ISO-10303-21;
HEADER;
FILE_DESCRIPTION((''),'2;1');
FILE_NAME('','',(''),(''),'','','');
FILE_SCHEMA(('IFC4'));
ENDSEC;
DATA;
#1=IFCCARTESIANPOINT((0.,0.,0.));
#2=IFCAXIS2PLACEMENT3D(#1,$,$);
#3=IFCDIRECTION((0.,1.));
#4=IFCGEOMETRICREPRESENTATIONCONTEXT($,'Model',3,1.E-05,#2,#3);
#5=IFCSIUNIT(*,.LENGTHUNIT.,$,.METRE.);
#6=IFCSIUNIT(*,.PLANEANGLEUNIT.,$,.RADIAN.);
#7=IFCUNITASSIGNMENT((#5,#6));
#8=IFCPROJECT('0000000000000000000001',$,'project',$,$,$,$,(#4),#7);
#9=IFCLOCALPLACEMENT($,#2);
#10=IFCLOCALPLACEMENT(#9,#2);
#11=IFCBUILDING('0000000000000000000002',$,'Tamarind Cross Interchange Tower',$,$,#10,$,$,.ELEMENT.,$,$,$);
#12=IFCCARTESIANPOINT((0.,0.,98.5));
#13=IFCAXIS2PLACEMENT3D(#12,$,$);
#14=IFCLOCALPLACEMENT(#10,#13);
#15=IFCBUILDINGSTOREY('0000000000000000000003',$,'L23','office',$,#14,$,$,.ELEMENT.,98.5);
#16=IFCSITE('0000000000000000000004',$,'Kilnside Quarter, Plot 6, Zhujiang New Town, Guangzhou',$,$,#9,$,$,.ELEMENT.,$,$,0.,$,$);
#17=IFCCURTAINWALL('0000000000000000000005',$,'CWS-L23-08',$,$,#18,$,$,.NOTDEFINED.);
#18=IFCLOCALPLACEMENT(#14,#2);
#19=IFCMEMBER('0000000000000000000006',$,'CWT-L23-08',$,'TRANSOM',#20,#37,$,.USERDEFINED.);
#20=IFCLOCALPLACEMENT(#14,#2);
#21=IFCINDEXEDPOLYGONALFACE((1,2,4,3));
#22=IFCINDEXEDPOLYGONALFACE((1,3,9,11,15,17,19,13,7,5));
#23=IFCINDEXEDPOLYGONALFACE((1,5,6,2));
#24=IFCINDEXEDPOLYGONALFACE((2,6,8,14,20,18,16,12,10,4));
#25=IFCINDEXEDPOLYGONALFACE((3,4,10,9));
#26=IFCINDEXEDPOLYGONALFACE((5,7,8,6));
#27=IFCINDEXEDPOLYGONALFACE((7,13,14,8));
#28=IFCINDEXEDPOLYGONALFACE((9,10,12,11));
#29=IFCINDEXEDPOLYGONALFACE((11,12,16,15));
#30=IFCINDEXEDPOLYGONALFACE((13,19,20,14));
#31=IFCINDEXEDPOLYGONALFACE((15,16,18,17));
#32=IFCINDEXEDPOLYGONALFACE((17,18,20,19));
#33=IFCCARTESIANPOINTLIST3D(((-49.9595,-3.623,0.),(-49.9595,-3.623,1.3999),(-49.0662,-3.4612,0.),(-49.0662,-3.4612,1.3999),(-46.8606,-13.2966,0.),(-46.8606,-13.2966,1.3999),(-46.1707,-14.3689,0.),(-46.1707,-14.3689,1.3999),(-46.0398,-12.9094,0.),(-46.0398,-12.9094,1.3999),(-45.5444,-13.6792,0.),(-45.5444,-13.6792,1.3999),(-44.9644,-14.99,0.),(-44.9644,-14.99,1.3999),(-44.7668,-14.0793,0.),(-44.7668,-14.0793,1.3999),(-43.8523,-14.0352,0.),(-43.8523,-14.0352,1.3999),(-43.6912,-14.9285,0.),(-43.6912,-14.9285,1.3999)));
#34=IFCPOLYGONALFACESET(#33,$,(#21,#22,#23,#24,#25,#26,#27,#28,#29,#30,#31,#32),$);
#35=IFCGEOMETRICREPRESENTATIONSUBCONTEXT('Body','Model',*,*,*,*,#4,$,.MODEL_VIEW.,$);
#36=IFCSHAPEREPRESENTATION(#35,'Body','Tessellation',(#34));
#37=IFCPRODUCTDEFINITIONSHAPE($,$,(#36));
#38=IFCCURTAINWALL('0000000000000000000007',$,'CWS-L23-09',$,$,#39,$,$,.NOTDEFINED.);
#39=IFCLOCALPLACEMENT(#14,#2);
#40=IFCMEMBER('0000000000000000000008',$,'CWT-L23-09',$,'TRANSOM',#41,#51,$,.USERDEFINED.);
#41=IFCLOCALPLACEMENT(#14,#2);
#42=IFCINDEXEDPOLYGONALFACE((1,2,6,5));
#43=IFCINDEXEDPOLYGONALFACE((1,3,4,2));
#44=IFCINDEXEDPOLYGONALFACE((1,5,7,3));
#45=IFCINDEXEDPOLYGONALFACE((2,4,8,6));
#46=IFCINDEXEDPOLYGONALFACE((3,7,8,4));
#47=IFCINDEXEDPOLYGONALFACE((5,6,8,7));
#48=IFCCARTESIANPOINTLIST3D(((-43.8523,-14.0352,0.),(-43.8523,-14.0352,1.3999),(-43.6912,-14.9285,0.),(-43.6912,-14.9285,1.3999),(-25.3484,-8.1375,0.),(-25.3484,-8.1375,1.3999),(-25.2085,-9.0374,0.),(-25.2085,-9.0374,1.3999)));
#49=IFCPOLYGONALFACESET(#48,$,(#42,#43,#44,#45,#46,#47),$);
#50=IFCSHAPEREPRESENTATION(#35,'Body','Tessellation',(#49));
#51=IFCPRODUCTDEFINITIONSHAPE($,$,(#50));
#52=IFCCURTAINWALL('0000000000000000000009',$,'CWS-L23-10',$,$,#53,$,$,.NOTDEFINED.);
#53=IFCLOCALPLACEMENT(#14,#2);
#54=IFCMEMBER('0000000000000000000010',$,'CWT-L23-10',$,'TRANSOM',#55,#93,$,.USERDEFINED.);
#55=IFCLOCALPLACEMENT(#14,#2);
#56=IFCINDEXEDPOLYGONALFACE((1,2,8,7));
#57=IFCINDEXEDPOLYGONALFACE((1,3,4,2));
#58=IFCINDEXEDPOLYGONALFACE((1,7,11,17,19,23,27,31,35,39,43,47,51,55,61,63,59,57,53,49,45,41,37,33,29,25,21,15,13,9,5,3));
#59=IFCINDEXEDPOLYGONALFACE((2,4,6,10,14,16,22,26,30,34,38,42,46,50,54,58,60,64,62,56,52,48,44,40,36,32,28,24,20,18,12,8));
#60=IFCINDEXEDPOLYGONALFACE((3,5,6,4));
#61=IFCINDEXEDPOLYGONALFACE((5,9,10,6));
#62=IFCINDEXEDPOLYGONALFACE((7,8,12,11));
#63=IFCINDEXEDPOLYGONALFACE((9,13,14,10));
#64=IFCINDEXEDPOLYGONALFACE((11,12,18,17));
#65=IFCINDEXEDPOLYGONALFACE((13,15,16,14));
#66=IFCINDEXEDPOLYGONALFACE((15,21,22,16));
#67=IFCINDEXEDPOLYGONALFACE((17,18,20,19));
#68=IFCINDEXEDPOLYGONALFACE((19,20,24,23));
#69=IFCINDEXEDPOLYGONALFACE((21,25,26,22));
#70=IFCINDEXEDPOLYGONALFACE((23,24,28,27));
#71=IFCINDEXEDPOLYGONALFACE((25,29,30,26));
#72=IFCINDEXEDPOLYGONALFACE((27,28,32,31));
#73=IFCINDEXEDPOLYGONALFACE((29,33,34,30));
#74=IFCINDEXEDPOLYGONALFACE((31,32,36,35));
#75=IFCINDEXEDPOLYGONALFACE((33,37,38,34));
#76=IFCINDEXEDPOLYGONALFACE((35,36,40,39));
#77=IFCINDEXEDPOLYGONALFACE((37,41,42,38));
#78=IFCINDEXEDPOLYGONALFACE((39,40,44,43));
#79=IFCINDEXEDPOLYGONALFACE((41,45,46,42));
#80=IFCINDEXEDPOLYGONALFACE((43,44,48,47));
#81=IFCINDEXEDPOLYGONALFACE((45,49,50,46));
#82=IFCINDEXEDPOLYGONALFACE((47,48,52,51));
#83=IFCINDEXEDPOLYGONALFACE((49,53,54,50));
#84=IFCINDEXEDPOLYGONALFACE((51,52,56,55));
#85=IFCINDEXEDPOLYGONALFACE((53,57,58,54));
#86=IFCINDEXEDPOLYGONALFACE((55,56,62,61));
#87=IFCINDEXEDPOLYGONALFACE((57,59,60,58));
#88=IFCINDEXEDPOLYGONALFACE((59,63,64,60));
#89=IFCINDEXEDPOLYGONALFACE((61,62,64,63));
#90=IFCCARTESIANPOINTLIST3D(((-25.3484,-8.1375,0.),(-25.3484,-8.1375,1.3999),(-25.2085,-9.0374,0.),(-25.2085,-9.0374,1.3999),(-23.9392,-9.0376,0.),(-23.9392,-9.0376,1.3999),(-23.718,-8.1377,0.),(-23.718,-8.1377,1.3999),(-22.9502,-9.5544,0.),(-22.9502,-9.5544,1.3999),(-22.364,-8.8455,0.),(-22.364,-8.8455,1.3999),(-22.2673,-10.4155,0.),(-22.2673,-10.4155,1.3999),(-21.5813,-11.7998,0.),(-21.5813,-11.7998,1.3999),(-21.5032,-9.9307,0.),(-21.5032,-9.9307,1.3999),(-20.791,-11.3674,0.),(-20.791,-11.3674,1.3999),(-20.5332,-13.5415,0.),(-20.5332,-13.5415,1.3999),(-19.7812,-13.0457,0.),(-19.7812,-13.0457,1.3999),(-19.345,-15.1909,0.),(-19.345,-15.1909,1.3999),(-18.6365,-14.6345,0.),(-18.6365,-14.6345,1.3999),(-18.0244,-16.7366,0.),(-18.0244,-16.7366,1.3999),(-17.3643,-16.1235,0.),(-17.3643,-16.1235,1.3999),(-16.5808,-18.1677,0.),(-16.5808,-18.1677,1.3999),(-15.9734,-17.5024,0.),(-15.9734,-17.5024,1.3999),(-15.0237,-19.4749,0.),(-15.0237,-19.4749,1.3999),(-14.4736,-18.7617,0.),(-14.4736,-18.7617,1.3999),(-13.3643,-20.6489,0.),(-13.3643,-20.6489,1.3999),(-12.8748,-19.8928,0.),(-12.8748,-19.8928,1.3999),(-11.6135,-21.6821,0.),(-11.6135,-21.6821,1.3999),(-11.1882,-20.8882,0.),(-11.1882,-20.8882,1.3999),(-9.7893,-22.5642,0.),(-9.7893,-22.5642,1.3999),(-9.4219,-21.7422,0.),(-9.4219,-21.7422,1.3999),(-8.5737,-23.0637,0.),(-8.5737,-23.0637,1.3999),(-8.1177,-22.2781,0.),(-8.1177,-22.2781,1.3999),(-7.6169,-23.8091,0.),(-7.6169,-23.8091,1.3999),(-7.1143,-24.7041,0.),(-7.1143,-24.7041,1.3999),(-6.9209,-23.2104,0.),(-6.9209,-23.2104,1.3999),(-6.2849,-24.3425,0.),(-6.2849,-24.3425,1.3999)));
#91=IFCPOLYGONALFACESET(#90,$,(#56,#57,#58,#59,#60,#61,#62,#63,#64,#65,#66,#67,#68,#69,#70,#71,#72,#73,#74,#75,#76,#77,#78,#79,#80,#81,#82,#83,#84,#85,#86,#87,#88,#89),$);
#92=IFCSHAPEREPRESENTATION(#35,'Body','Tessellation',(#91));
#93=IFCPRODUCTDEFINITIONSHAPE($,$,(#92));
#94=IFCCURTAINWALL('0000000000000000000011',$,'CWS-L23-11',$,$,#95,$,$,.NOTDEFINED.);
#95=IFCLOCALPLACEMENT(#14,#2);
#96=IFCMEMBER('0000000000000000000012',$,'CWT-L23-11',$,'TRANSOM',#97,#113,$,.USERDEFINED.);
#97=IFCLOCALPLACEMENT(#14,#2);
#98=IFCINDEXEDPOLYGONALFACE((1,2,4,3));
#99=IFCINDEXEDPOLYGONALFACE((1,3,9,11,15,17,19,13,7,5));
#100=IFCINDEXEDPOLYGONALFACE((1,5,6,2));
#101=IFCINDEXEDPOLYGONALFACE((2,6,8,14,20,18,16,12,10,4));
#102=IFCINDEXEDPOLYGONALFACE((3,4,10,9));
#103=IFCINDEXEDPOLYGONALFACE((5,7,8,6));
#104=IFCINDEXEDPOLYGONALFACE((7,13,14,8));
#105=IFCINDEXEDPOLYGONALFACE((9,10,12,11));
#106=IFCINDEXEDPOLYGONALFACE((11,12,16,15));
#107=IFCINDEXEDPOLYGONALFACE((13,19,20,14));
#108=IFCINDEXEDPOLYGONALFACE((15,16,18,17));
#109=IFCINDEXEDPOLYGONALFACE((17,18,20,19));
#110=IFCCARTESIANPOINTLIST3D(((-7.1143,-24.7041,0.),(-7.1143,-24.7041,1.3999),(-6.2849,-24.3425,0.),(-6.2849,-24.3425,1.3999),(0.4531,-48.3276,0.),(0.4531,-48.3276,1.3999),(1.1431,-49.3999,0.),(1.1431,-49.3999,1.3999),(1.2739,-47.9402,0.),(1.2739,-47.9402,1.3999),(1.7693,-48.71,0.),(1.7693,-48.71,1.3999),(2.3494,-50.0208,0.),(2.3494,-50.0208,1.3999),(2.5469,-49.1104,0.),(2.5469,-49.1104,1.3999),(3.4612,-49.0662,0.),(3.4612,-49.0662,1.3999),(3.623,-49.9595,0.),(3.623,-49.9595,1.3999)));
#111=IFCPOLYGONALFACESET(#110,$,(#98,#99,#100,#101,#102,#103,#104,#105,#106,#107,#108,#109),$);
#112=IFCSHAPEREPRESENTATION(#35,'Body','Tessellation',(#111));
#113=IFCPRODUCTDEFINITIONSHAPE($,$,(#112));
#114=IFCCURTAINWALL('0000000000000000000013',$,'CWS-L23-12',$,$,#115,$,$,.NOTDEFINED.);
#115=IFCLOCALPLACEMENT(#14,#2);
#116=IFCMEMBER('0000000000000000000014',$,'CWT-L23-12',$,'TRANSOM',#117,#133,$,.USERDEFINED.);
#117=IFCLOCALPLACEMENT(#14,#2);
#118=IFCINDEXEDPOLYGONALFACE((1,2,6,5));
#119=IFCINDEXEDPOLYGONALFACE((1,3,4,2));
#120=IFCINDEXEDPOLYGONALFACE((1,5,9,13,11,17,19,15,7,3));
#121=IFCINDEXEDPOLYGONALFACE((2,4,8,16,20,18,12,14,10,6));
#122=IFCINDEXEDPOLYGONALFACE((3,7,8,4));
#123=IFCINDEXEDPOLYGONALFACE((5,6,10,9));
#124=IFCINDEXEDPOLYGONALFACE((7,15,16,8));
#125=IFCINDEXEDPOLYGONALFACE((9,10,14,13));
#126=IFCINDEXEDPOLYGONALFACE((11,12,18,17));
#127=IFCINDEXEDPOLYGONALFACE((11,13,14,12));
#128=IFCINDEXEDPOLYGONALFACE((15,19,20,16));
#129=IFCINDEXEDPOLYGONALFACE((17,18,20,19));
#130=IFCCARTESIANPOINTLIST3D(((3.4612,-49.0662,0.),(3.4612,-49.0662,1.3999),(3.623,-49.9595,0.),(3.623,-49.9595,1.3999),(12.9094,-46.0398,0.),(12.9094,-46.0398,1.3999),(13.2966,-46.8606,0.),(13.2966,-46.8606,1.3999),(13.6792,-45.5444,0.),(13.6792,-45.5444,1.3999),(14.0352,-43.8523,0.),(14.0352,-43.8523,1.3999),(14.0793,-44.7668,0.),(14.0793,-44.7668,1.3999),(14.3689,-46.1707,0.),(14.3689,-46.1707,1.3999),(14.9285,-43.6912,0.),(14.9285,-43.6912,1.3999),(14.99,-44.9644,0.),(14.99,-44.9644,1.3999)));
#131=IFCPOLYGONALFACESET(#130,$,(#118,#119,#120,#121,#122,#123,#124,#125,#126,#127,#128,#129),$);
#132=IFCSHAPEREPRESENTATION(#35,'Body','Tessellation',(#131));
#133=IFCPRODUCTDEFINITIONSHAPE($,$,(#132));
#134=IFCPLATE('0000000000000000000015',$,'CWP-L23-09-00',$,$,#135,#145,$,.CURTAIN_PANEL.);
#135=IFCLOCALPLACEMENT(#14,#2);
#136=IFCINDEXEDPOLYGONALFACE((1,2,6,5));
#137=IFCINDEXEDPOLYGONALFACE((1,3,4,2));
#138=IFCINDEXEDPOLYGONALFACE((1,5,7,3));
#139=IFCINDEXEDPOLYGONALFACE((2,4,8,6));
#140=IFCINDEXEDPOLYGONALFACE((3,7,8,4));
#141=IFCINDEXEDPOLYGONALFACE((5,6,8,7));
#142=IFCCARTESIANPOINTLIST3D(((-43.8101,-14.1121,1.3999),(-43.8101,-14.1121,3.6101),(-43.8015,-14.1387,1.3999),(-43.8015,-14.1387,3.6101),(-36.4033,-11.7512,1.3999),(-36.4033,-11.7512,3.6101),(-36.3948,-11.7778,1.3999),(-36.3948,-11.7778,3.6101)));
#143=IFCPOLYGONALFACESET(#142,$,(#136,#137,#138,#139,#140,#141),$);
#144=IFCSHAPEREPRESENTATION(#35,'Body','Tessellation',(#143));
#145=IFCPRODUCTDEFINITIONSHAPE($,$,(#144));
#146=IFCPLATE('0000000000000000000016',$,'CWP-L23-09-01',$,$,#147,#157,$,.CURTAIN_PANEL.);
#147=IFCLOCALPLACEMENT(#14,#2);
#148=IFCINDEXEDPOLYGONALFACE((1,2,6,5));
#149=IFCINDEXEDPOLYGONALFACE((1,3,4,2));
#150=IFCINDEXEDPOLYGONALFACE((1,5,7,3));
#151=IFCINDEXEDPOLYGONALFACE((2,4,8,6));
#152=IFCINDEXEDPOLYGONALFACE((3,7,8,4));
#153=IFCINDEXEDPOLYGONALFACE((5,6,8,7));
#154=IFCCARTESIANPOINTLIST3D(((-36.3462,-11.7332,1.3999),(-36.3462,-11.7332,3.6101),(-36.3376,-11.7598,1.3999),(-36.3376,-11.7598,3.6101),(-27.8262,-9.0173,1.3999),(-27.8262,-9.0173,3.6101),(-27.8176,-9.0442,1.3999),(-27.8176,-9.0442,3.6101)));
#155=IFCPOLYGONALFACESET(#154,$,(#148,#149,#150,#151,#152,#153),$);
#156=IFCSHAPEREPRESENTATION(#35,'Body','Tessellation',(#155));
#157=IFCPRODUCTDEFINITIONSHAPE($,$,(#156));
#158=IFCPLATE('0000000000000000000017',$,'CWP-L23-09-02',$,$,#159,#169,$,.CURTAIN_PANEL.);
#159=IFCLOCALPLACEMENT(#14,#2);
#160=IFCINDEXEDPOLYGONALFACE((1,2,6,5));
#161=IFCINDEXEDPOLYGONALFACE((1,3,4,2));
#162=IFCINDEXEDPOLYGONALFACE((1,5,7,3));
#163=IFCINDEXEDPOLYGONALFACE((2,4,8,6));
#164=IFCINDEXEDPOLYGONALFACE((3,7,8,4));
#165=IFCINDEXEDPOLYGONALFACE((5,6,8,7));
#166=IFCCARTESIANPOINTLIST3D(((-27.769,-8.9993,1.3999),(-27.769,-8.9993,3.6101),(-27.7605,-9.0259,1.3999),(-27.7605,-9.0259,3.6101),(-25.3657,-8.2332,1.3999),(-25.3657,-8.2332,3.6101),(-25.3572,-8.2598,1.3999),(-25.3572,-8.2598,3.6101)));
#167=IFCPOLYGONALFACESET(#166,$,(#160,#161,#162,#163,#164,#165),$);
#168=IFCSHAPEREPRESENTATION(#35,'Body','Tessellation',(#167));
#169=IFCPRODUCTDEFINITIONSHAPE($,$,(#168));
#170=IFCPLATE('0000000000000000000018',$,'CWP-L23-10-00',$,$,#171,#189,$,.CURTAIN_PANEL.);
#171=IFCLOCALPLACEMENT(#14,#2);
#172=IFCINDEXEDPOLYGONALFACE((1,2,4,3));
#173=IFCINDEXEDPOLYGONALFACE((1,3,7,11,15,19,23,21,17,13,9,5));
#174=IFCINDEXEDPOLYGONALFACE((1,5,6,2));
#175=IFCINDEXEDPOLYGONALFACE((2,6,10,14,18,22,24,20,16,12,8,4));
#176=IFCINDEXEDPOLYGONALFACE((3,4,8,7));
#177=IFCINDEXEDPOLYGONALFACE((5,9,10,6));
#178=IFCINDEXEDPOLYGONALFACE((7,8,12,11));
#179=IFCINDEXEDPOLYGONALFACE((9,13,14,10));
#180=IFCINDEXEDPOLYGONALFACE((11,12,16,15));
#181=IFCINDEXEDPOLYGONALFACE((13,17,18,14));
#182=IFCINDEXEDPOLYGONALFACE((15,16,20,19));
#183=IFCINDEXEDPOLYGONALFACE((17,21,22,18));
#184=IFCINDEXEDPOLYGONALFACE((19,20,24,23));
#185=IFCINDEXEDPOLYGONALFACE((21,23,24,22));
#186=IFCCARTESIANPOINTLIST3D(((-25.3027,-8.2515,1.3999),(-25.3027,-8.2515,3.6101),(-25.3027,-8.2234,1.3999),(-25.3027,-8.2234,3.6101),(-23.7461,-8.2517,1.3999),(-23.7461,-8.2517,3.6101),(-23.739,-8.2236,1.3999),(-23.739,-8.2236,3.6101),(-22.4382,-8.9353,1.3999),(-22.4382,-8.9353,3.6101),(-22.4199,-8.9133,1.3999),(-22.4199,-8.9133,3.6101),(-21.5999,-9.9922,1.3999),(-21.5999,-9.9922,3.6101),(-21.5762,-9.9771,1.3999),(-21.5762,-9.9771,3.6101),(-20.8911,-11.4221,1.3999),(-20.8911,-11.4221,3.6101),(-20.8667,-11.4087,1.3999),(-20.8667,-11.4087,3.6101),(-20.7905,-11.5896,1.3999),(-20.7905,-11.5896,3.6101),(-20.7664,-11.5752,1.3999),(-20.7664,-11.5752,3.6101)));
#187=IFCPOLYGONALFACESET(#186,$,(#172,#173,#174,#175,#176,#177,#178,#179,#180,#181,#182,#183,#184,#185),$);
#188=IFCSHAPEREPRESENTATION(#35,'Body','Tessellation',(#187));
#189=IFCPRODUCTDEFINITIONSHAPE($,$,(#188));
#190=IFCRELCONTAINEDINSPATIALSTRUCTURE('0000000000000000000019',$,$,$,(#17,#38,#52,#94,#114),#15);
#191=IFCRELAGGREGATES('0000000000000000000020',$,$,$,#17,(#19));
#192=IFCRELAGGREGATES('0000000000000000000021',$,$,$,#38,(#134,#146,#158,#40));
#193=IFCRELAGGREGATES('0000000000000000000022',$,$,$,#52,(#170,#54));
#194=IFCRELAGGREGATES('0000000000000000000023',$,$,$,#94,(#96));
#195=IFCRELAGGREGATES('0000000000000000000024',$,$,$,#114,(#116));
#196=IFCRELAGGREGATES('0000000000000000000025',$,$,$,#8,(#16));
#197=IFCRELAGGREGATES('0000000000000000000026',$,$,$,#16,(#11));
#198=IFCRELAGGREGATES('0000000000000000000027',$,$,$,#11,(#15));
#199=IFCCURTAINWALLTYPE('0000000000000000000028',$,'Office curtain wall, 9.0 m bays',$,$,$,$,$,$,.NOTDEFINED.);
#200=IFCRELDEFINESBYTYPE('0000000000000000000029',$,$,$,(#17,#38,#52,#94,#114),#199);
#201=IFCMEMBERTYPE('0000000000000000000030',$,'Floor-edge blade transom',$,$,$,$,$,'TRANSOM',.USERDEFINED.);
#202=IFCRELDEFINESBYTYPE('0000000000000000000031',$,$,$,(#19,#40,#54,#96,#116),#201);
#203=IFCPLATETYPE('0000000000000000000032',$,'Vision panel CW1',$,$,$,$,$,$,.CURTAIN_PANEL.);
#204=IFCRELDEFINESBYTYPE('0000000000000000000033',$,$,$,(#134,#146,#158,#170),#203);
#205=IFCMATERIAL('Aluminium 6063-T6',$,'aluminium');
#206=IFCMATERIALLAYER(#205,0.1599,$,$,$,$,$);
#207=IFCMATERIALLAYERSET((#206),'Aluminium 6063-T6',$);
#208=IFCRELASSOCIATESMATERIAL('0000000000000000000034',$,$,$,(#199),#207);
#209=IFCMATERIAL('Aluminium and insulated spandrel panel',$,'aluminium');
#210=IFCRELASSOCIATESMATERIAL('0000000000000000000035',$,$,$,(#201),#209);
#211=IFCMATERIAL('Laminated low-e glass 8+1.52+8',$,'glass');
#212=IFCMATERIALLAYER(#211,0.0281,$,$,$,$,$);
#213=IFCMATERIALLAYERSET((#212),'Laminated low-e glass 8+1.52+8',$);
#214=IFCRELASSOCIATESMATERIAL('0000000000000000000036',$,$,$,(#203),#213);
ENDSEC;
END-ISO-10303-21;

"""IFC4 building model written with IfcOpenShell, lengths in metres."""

from ifc_helpers import new_model, si_unit, direction, frame, origin, place, context, subcontext, project, spatial, polyline, outline, extrude, material, layer, layer_set, type_object, element, aggregate, save


model = new_model("IFC4")

# Units and contexts
model_context = context("Model", 3, precision=1e-05, world=origin(), true_north=direction((0.0, 1.0)))
body_context = subcontext(model_context, "Body", "Model", "MODEL_VIEW")
ifc_project = project(units=[si_unit("LENGTHUNIT", "METRE"), si_unit("PLANEANGLEUNIT", "RADIAN")], contexts=[model_context])

# Site, building, storey
site_placement = place(None, origin())
site = spatial("IfcSite", under=ifc_project, at=site_placement, Name="Kilnside Quarter, Plot 6, Zhujiang New Town, Guangzhou", CompositionType="ELEMENT", RefElevation=0.0)
building_placement = place(site_placement, origin())
building = spatial("IfcBuilding", under=site, at=building_placement, Name="Tamarind Cross Interchange Tower", CompositionType="ELEMENT")
storey_placement = place(building_placement, frame((0.0, 0.0, 98.5)))
storey = spatial("IfcBuildingStorey", under=building, at=storey_placement, Name="L23", Description="office", CompositionType="ELEMENT", Elevation=98.5)

# Curtain walls, members
ifc_material_1 = material(Name="Aluminium 6063-T6", Category="aluminium")
ifc_layer_1 = layer(ifc_material_1, 0.1599)
ifc_layer_set_1 = layer_set([ifc_layer_1], Name="Aluminium 6063-T6")
curtain_wall_type = type_object("IfcCurtainWallType", Name="Office curtain wall, 9.0 m bays", PredefinedType="NOTDEFINED", material=ifc_layer_set_1)
curtain_wall_1_placement = place(storey_placement, origin())
curtain_wall_1 = element("IfcCurtainWall", 1, at=curtain_wall_1_placement, inside=storey, type_object=curtain_wall_type, Name="CWS-L23-08", PredefinedType="NOTDEFINED")
ifc_material_2 = material(Name="Aluminium and insulated spandrel panel", Category="aluminium")
member_type = type_object("IfcMemberType", Name="Floor-edge blade transom", ElementType="TRANSOM", PredefinedType="USERDEFINED", material=ifc_material_2)
member_1_placement = place(storey_placement, origin())
member_1 = element("IfcMember", 2, at=member_1_placement, type_object=member_type, Name="CWT-L23-08", ObjectType="TRANSOM", PredefinedType="USERDEFINED", context=body_context, shape_type="SweptSolid", body=[
    extrude(outline(polyline([(-49.0662, -3.4612), (-46.0398, -12.9094), (-45.5444, -13.6792), (-44.7668, -14.0793), (-43.8523, -14.0352), (-43.6912, -14.9285), (-44.9644, -14.99), (-46.1707, -14.3689), (-46.8606, -13.2966), (-49.9595, -3.623), (-49.0662, -3.4612)])), origin(), (0.0, 0.0, 1.0), 1.3999),
])
aggregate(curtain_wall_1, [member_1])
curtain_wall_2_placement = place(storey_placement, origin())
curtain_wall_2 = element("IfcCurtainWall", 3, at=curtain_wall_2_placement, inside=storey, type_object=curtain_wall_type, Name="CWS-L23-09", PredefinedType="NOTDEFINED")
member_2_placement = place(storey_placement, origin())
member_2 = element("IfcMember", 4, at=member_2_placement, type_object=member_type, Name="CWT-L23-09", ObjectType="TRANSOM", PredefinedType="USERDEFINED", context=body_context, shape_type="SweptSolid", body=[
    extrude(outline(polyline([(-43.8523, -14.0352), (-25.3484, -8.1375), (-25.2085, -9.0374), (-43.6912, -14.9285), (-43.8523, -14.0352)])), origin(), (0.0, 0.0, 1.0), 1.3999),
])
curtain_wall_3_placement = place(storey_placement, origin())
curtain_wall_3 = element("IfcCurtainWall", 5, at=curtain_wall_3_placement, inside=storey, type_object=curtain_wall_type, Name="CWS-L23-10", PredefinedType="NOTDEFINED")
member_3_placement = place(storey_placement, origin())
member_3 = element("IfcMember", 6, at=member_3_placement, type_object=member_type, Name="CWT-L23-10", ObjectType="TRANSOM", PredefinedType="USERDEFINED", context=body_context, shape_type="SweptSolid", body=[
    extrude(outline(polyline([(-25.3484, -8.1375), (-23.718, -8.1377), (-22.364, -8.8455), (-21.5032, -9.9307), (-20.791, -11.3674), (-19.7812, -13.0457), (-18.6365, -14.6345), (-17.3643, -16.1235), (-15.9734, -17.5024), (-14.4736, -18.7617), (-12.8748, -19.8928), (-11.1882, -20.8882), (-9.4219, -21.7422), (-8.1177, -22.2781), (-6.9209, -23.2104), (-6.2849, -24.3425), (-7.1143, -24.7041), (-7.6169, -23.8091), (-8.5737, -23.0637), (-9.7893, -22.5642), (-11.6135, -21.6821), (-13.3643, -20.6489), (-15.0237, -19.4749), (-16.5808, -18.1677), (-18.0244, -16.7366), (-19.345, -15.1909), (-20.5332, -13.5415), (-21.5813, -11.7998), (-22.2673, -10.4155), (-22.9502, -9.5544), (-23.9392, -9.0376), (-25.2085, -9.0374), (-25.3484, -8.1375)])), origin(), (0.0, 0.0, 1.0), 1.3999),
])
curtain_wall_4_placement = place(storey_placement, origin())
curtain_wall_4 = element("IfcCurtainWall", 7, at=curtain_wall_4_placement, inside=storey, type_object=curtain_wall_type, Name="CWS-L23-11", PredefinedType="NOTDEFINED")
member_4_placement = place(storey_placement, origin())
member_4 = element("IfcMember", 8, at=member_4_placement, type_object=member_type, Name="CWT-L23-11", ObjectType="TRANSOM", PredefinedType="USERDEFINED", context=body_context, shape_type="SweptSolid", body=[
    extrude(outline(polyline([(-6.2849, -24.3425), (1.2739, -47.9402), (1.7693, -48.71), (2.5469, -49.1104), (3.4612, -49.0662), (3.623, -49.9595), (2.3494, -50.0208), (1.1431, -49.3999), (0.4531, -48.3276), (-7.1143, -24.7041), (-6.2849, -24.3425)])), origin(), (0.0, 0.0, 1.0), 1.3999),
])
curtain_wall_5_placement = place(storey_placement, origin())
curtain_wall_5 = element("IfcCurtainWall", 9, at=curtain_wall_5_placement, inside=storey, type_object=curtain_wall_type, Name="CWS-L23-12", PredefinedType="NOTDEFINED")
member_5_placement = place(storey_placement, origin())
member_5 = element("IfcMember", 10, at=member_5_placement, type_object=member_type, Name="CWT-L23-12", ObjectType="TRANSOM", PredefinedType="USERDEFINED", context=body_context, shape_type="SweptSolid", body=[
    extrude(outline(polyline([(3.4612, -49.0662), (12.9094, -46.0398), (13.6792, -45.5444), (14.0793, -44.7668), (14.0352, -43.8523), (14.9285, -43.6912), (14.99, -44.9644), (14.3689, -46.1707), (13.2966, -46.8606), (3.623, -49.9595), (3.4612, -49.0662)])), origin(), (0.0, 0.0, 1.0), 1.3999),
])

# Plates
ifc_material_3 = material(Name="Laminated low-e glass 8+1.52+8", Category="glass")
ifc_layer_2 = layer(ifc_material_3, 0.0281)
ifc_layer_set_2 = layer_set([ifc_layer_2], Name="Laminated low-e glass 8+1.52+8")
plate_type = type_object("IfcPlateType", Name="Vision panel CW1", PredefinedType="CURTAIN_PANEL", material=ifc_layer_set_2)
plate_1_placement = place(storey_placement, frame((0.0, 0.0, 1.3999)))
plate_1 = element("IfcPlate", 11, at=plate_1_placement, type_object=plate_type, Name="CWP-L23-09-00", PredefinedType="CURTAIN_PANEL", context=body_context, shape_type="SweptSolid", body=[
    extrude(outline(polyline([(-43.8101, -14.1121), (-36.4033, -11.7512), (-36.3948, -11.7778), (-43.8015, -14.1387), (-43.8101, -14.1121)])), origin(), (0.0, 0.0, 1.0), 2.2102),
])
plate_2_placement = place(storey_placement, frame((0.0, 0.0, 1.3999)))
plate_2 = element("IfcPlate", 12, at=plate_2_placement, type_object=plate_type, Name="CWP-L23-09-01", PredefinedType="CURTAIN_PANEL", context=body_context, shape_type="SweptSolid", body=[
    extrude(outline(polyline([(-36.3462, -11.7332), (-27.8262, -9.0173), (-27.8176, -9.0442), (-36.3376, -11.7598), (-36.3462, -11.7332)])), origin(), (0.0, 0.0, 1.0), 2.2102),
])
plate_3_placement = place(storey_placement, frame((0.0, 0.0, 1.3999)))
plate_3 = element("IfcPlate", 13, at=plate_3_placement, type_object=plate_type, Name="CWP-L23-09-02", PredefinedType="CURTAIN_PANEL", context=body_context, shape_type="SweptSolid", body=[
    extrude(outline(polyline([(-27.769, -8.9993), (-25.3657, -8.2332), (-25.3572, -8.2598), (-27.7605, -9.0259), (-27.769, -8.9993)])), origin(), (0.0, 0.0, 1.0), 2.2102),
])
aggregate(curtain_wall_2, [plate_1, plate_2, plate_3, member_2])
plate_4_placement = place(storey_placement, frame((0.0, 0.0, 1.3999)))
plate_4 = element("IfcPlate", 14, at=plate_4_placement, type_object=plate_type, Name="CWP-L23-10-00", PredefinedType="CURTAIN_PANEL", context=body_context, shape_type="SweptSolid", body=[
    extrude(outline(polyline([(-25.3027, -8.2234), (-23.739, -8.2236), (-22.4199, -8.9133), (-21.5762, -9.9771), (-20.8667, -11.4087), (-20.7664, -11.5752), (-20.7905, -11.5896), (-20.8911, -11.4221), (-21.5999, -9.9922), (-22.4382, -8.9353), (-23.7461, -8.2517), (-25.3027, -8.2515), (-25.3027, -8.2234)])), origin(), (0.0, 0.0, 1.0), 2.2102),
])
aggregate(curtain_wall_3, [plate_4, member_3])
aggregate(curtain_wall_4, [member_4])
aggregate(curtain_wall_5, [member_5])

save(model, "model.ifc")
